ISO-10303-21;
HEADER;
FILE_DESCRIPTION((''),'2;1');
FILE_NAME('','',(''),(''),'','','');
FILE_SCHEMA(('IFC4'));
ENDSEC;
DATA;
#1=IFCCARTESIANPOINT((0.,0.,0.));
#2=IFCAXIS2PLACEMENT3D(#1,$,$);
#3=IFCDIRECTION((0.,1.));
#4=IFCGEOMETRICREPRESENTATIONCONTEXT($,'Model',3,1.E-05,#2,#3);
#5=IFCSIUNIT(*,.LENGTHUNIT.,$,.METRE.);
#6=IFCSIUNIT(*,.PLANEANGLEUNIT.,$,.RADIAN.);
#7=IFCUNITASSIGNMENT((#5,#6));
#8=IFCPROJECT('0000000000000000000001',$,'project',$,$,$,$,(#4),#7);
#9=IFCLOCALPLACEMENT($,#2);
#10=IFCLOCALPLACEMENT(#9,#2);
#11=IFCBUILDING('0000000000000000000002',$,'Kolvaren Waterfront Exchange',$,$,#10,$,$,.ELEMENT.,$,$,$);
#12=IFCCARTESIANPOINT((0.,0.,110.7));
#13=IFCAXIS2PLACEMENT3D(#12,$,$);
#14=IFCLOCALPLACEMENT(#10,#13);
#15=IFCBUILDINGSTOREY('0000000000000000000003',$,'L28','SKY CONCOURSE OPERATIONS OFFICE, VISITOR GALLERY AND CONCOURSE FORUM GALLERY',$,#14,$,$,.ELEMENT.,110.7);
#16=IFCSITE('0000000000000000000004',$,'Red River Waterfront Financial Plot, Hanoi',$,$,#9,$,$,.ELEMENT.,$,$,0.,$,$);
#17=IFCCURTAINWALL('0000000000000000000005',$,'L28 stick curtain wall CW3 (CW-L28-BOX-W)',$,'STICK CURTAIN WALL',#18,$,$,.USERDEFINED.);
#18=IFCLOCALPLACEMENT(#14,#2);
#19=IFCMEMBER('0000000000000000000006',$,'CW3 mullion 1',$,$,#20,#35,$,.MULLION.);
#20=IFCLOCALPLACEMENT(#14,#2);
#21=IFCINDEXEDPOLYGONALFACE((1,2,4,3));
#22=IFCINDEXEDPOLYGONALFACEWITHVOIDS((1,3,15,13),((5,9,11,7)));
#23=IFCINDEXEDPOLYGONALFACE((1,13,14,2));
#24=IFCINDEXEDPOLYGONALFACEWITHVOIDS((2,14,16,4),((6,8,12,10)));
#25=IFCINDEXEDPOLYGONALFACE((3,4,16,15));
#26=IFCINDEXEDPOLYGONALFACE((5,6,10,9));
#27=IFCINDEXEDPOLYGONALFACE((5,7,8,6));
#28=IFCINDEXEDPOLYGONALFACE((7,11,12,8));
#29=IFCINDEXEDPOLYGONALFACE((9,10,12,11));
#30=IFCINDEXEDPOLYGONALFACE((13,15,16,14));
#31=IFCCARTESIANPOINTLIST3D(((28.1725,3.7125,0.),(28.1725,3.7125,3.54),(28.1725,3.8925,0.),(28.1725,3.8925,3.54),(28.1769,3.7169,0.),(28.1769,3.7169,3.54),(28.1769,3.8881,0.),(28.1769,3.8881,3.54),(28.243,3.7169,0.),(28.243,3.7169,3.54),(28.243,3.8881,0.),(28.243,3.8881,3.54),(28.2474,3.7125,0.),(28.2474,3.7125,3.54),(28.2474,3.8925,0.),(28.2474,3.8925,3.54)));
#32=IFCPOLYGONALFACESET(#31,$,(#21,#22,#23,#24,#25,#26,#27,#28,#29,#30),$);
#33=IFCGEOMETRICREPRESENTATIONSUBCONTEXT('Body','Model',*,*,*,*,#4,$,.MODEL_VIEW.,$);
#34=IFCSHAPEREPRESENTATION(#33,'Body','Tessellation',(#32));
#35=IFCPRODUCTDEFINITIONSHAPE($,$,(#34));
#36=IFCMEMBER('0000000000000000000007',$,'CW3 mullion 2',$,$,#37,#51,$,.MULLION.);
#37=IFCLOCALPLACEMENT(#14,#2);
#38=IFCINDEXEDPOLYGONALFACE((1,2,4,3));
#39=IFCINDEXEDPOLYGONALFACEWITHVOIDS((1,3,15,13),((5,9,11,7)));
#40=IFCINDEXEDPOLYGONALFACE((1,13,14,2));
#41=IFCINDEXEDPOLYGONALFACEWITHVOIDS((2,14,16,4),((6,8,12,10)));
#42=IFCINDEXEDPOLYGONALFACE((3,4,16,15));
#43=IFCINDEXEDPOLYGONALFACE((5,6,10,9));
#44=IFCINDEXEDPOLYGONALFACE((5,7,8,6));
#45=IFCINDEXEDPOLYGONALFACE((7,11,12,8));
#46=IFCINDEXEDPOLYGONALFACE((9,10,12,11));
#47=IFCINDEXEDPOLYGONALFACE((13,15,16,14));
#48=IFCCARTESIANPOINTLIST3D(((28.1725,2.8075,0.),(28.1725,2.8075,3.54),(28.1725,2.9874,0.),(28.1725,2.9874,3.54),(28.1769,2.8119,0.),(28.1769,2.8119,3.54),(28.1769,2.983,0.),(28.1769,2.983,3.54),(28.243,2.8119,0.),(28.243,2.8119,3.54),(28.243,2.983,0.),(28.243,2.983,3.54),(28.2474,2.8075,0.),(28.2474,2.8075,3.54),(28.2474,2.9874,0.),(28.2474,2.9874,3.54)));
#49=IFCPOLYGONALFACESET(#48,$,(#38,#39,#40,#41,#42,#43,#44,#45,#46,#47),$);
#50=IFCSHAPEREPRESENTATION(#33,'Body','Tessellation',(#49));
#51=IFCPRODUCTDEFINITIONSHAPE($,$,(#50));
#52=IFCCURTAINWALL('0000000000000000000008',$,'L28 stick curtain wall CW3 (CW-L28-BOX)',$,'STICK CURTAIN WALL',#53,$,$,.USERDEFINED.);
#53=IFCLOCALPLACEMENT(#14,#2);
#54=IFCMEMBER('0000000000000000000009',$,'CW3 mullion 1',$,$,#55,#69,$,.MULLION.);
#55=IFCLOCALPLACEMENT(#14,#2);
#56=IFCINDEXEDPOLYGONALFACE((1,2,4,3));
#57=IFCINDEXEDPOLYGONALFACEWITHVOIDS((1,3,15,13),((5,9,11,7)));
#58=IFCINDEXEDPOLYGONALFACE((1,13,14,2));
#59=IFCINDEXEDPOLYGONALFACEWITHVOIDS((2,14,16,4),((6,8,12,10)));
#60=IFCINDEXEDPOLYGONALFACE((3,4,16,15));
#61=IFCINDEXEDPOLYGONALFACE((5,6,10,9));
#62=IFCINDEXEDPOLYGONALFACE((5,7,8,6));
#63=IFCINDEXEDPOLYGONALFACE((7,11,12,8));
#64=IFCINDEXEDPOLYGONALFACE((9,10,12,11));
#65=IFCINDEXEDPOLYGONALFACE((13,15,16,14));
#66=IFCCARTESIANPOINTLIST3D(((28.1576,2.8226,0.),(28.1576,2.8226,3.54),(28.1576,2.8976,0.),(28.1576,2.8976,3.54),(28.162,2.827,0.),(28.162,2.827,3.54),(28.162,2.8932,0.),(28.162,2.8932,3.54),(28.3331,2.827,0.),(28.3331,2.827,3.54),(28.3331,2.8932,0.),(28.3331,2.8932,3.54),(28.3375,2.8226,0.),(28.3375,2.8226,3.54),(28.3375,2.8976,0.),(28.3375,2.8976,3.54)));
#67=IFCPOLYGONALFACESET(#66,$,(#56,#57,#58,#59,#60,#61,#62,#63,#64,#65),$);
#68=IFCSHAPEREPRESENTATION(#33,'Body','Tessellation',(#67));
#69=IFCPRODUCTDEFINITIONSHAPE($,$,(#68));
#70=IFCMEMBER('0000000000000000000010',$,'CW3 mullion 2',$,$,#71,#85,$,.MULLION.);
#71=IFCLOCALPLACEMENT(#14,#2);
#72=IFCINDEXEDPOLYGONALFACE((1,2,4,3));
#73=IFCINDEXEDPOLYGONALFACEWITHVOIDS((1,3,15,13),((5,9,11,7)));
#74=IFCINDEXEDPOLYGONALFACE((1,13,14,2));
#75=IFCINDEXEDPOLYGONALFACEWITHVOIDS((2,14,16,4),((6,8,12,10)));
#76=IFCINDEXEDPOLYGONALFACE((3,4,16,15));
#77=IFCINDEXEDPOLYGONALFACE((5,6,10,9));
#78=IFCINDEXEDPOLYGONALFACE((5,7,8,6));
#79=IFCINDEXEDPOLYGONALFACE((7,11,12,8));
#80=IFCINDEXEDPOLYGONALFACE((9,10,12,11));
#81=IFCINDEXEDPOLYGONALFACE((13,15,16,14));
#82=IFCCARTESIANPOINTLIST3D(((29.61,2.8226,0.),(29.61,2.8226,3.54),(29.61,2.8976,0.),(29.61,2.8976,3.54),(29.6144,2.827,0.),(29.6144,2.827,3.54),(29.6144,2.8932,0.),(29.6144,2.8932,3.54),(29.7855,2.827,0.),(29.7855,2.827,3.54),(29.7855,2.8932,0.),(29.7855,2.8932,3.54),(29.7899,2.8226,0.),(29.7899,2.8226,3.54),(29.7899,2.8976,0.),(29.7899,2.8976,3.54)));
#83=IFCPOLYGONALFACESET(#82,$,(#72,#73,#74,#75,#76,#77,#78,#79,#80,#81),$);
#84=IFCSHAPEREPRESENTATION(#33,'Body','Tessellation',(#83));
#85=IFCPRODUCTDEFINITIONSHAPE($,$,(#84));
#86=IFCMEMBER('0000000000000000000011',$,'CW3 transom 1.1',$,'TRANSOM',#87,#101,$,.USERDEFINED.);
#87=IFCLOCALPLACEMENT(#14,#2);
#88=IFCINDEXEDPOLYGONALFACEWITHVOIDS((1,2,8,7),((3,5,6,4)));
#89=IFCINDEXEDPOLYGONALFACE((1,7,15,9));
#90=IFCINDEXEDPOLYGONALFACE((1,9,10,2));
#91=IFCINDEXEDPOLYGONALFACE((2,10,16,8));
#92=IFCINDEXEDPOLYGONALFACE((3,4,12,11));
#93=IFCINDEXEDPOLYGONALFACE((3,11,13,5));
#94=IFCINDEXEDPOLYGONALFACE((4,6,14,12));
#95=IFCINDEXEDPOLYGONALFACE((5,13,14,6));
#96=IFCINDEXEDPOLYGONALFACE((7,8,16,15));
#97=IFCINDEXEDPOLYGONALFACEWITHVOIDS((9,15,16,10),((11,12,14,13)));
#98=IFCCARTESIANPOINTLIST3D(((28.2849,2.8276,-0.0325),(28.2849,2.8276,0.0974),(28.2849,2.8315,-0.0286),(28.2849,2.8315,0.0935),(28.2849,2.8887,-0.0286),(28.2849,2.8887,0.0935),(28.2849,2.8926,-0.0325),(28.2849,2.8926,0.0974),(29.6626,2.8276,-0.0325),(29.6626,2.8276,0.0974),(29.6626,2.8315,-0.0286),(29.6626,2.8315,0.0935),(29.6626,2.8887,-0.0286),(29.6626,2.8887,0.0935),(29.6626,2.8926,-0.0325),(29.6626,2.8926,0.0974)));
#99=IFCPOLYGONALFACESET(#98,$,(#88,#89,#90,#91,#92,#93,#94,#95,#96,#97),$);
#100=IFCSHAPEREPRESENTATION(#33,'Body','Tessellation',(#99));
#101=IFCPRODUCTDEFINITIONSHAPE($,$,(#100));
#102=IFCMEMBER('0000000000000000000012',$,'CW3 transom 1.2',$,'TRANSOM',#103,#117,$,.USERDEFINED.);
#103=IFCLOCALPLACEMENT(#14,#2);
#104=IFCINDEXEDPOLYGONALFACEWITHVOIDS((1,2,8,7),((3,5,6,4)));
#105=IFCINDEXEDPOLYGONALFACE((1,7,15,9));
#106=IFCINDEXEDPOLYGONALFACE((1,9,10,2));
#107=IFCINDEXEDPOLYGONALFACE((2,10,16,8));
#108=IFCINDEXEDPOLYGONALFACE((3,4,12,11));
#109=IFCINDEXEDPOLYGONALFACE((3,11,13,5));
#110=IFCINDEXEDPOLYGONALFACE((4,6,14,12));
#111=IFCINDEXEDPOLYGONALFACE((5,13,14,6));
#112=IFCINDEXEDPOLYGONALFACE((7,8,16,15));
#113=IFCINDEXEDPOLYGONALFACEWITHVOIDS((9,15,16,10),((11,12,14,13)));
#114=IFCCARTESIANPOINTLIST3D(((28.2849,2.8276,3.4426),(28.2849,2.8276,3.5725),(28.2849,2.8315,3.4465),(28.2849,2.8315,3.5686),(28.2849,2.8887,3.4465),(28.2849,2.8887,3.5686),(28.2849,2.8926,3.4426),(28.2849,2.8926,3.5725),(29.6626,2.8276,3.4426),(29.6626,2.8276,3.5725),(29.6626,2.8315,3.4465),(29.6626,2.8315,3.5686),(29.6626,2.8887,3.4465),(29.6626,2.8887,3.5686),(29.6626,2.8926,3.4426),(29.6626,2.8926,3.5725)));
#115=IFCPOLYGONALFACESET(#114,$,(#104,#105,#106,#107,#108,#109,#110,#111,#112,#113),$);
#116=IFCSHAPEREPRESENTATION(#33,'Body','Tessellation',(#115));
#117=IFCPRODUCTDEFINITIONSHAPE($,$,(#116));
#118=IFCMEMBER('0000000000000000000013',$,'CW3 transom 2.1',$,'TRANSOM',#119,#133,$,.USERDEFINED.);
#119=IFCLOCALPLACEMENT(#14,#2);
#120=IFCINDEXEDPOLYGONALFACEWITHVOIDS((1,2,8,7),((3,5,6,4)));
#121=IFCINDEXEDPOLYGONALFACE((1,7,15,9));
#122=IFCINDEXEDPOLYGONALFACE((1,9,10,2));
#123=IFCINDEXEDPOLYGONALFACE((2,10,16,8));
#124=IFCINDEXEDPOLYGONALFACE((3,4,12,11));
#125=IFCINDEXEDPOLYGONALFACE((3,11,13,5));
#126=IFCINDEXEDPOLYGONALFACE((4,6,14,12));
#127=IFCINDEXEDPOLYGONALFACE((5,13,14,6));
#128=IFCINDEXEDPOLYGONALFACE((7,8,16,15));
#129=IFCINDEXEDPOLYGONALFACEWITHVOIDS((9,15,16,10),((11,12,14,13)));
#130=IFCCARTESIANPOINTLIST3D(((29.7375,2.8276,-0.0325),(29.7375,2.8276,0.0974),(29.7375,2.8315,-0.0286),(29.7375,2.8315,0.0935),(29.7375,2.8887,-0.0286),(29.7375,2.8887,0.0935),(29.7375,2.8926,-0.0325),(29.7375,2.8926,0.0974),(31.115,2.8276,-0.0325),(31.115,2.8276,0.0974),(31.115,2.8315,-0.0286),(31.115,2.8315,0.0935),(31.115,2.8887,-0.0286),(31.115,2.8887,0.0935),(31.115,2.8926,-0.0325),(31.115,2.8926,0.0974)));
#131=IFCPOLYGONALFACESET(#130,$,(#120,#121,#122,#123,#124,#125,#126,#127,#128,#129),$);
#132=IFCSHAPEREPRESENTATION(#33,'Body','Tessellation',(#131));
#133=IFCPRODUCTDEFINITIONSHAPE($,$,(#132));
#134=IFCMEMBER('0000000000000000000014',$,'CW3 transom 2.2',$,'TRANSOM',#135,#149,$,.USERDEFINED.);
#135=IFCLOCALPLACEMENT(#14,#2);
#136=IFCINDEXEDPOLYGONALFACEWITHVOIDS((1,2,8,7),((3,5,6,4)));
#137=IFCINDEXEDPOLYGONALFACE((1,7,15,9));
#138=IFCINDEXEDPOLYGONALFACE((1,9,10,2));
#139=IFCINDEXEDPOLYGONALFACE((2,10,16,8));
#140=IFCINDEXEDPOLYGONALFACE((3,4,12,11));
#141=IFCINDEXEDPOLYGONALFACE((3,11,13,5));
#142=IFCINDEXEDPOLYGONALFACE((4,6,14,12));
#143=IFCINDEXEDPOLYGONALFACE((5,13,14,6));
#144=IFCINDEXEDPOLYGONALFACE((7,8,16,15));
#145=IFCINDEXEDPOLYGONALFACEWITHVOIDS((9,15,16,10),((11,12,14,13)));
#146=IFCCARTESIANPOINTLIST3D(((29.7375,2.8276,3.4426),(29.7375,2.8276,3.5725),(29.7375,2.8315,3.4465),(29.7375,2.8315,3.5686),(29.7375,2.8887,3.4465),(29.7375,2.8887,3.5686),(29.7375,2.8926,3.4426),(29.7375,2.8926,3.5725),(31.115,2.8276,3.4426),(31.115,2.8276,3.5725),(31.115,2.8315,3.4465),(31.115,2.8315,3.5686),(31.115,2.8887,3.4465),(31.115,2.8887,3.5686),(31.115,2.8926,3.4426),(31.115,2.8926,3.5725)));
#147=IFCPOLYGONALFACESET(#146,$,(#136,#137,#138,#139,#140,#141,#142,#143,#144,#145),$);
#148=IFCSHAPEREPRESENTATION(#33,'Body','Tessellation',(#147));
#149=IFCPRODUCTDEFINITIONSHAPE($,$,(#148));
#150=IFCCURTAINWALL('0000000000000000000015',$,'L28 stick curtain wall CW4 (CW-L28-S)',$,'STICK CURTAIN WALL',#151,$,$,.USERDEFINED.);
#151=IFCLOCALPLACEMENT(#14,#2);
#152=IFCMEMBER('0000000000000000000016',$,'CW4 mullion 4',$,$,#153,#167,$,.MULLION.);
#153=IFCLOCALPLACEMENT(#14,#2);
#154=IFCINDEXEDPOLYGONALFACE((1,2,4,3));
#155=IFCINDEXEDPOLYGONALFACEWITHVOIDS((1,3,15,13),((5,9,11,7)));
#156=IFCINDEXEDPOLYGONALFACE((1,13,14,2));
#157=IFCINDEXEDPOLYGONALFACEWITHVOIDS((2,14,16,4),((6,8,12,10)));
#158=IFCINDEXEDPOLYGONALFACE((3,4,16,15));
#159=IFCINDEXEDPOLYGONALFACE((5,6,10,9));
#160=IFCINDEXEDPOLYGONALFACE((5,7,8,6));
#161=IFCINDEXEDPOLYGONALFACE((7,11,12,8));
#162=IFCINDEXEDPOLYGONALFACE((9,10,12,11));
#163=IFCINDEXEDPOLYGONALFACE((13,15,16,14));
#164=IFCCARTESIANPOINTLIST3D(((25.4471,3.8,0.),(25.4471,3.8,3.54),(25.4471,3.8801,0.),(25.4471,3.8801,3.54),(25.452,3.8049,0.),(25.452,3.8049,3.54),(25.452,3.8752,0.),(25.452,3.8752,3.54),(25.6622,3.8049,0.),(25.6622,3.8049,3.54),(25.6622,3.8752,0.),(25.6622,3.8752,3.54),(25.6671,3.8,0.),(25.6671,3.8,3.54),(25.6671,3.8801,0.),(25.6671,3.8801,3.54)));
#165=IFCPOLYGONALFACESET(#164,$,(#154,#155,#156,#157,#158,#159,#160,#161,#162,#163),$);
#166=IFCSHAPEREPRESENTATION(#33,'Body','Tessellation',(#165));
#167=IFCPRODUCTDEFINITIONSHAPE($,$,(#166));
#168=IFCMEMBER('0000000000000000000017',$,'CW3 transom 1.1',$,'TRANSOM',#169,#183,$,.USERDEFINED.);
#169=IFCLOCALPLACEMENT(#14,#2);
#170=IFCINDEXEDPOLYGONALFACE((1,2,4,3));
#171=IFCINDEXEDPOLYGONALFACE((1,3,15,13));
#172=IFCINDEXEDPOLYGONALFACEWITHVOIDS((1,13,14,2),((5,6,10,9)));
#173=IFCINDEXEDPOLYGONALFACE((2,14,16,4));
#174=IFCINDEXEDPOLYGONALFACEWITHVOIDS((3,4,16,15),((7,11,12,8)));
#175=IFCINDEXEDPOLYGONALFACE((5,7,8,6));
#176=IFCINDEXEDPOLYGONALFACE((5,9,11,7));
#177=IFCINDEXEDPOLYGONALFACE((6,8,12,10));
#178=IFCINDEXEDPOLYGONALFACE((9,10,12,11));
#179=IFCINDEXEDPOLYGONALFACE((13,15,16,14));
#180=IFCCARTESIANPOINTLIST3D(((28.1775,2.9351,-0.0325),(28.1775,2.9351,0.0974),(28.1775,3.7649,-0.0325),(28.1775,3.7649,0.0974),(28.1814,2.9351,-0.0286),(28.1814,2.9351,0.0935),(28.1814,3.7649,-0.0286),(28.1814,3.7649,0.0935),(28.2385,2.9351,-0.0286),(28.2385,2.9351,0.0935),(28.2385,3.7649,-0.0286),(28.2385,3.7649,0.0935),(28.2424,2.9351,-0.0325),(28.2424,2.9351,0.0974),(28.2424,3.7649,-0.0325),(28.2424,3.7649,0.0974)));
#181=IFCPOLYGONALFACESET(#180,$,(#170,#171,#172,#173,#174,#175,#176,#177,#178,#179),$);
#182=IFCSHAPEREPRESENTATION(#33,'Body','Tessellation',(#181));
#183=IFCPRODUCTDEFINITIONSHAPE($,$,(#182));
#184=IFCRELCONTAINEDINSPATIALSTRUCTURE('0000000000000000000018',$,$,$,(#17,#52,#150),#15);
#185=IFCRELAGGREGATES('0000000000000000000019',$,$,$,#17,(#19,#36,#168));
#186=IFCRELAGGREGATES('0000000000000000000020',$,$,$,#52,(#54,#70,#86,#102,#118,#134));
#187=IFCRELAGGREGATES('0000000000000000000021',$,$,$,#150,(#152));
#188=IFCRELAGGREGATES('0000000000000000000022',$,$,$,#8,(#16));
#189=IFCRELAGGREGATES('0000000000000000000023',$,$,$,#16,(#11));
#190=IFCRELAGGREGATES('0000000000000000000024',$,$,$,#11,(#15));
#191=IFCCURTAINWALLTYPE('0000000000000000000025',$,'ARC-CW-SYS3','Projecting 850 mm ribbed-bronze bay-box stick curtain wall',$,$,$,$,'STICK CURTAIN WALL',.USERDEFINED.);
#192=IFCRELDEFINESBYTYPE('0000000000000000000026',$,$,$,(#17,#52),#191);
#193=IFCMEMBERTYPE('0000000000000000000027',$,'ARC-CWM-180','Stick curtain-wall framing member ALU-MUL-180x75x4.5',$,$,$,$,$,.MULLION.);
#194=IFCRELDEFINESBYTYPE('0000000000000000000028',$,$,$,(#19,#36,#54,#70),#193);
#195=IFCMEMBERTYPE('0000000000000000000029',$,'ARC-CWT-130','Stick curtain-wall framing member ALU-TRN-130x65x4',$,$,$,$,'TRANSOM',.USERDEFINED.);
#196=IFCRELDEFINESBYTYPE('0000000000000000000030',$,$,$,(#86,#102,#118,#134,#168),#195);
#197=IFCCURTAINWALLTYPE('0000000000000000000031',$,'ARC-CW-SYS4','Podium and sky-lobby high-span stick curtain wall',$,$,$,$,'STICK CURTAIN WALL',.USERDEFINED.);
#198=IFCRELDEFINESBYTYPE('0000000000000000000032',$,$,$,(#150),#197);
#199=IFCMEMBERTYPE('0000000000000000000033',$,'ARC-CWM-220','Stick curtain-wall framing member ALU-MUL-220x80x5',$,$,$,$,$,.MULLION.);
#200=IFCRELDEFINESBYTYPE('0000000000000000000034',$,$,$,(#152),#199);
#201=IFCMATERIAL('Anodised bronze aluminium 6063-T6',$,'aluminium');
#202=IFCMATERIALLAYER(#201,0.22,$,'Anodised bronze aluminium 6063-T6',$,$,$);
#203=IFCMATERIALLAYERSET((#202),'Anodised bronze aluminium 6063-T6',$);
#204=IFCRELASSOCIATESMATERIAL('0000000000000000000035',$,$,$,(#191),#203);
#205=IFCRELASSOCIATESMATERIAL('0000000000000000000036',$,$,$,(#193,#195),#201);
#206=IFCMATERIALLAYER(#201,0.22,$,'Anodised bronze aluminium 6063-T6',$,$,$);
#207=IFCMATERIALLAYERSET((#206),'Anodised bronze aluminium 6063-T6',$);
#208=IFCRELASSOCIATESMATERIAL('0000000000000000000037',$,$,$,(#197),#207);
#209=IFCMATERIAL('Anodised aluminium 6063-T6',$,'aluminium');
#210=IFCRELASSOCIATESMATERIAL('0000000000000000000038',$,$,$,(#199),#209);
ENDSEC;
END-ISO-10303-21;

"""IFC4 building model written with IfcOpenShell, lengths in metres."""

from ifc_helpers import new_model, si_unit, direction, frame, origin, origin_with_axes, origin_2d, place, context, subcontext, project, spatial, hollow_rectangle, extrude, source, transform, mapped, material, layer, layer_set, material_profile, profile_set, type_object, element, aggregate, save


model = new_model("IFC4")

# Units and contexts
model_context = context("Model", 3, precision=1e-05, world=origin(), true_north=direction((0.0, 1.0)))
body_context = subcontext(model_context, "Body", "Model", "MODEL_VIEW")
ifc_project = project(units=[si_unit("LENGTHUNIT", "METRE"), si_unit("PLANEANGLEUNIT", "RADIAN")], contexts=[model_context])

# Site, building, storey
site_placement = place(None, origin())
site = spatial("IfcSite", under=ifc_project, at=site_placement, Name="Red River Waterfront Financial Plot, Hanoi", CompositionType="ELEMENT", RefElevation=0.0)
building_placement = place(site_placement, origin())
building = spatial("IfcBuilding", under=site, at=building_placement, Name="Kolvaren Waterfront Exchange", CompositionType="ELEMENT")
storey_placement = place(building_placement, frame((0.0, 0.0, 110.7)))
storey = spatial("IfcBuildingStorey", under=building, at=storey_placement, Name="L28", Description="SKY CONCOURSE OPERATIONS OFFICE, VISITOR GALLERY AND CONCOURSE FORUM GALLERY", CompositionType="ELEMENT", Elevation=110.7)

# Curtain walls, members
ifc_material_1 = material(Name="Anodised bronze aluminium 6063-T6", Category="aluminium")
ifc_layer_1 = layer(ifc_material_1, 0.22, Name="Anodised bronze aluminium 6063-T6")
ifc_layer_set_1 = layer_set([ifc_layer_1], Name="Anodised bronze aluminium 6063-T6")
curtain_wall_type_1 = type_object("IfcCurtainWallType", Name="ARC-CW-SYS3", Description="Projecting 850 mm ribbed-bronze bay-box stick curtain wall", ElementType="STICK CURTAIN WALL", PredefinedType="USERDEFINED", material=ifc_layer_set_1)
curtain_wall_1_placement = place(storey_placement, origin())
curtain_wall_1 = element("IfcCurtainWall", 1, at=curtain_wall_1_placement, inside=storey, type_object=curtain_wall_type_1, Name="L28 stick curtain wall CW3 (CW-L28-BOX-W)", ObjectType="STICK CURTAIN WALL", PredefinedType="USERDEFINED")
ifc_material_profile_1 = material_profile(ifc_material_1, hollow_rectangle(XDim=0.075, YDim=0.1799, WallThickness=0.0044, at=origin_2d()), Name="ALU-MUL-180x75x4.5")
ifc_profile_set_1 = profile_set([ifc_material_profile_1], Name="Anodised bronze aluminium 6063-T6")
member_type_1 = type_object("IfcMemberType", Name="ARC-CWM-180", Description="Stick curtain-wall framing member ALU-MUL-180x75x4.5", PredefinedType="MULLION", material=ifc_profile_set_1)
shared_shape_1 = source(origin_with_axes(), body_context, "Body", "SweptSolid", [
    extrude(hollow_rectangle(XDim=0.075, YDim=0.1799, WallThickness=0.0044, at=origin_2d()), origin(), (0.0, 0.0, 1.0), 3.54),
])
member_1_placement = place(storey_placement, frame((28.21, 3.8025, 0.0), z_axis=(0.0, 0.0, 1.0), x_axis=(1.0, 0.0, 0.0)))
member_1 = element("IfcMember", 2, at=member_1_placement, type_object=member_type_1, Name="CW3 mullion 1", PredefinedType="MULLION", context=body_context, shape_type="MappedRepresentation", body=[
    mapped(shared_shape_1, transform((0.0, 0.0, 0.0), x_axis=(1.0, 0.0, 0.0), y_axis=(0.0, 1.0, 0.0), z_axis=(0.0, 0.0, 1.0), scale=1.0)),
])
member_2_placement = place(storey_placement, frame((28.21, 2.8975, 0.0), z_axis=(0.0, 0.0, 1.0), x_axis=(1.0, 0.0, 0.0)))
member_2 = element("IfcMember", 3, at=member_2_placement, type_object=member_type_1, Name="CW3 mullion 2", PredefinedType="MULLION", context=body_context, shape_type="MappedRepresentation", body=[
    mapped(shared_shape_1, transform((0.0, 0.0, 0.0), x_axis=(1.0, 0.0, 0.0), y_axis=(0.0, 1.0, 0.0), z_axis=(0.0, 0.0, 1.0), scale=1.0)),
])
curtain_wall_2_placement = place(storey_placement, origin())
curtain_wall_2 = element("IfcCurtainWall", 4, at=curtain_wall_2_placement, inside=storey, type_object=curtain_wall_type_1, Name="L28 stick curtain wall CW3 (CW-L28-BOX)", ObjectType="STICK CURTAIN WALL", PredefinedType="USERDEFINED")
member_3_placement = place(storey_placement, frame((28.2476, 2.8601, 0.0), z_axis=(0.0, 0.0, 1.0), x_axis=(0.0, 1.0, 0.0)))
member_3 = element("IfcMember", 5, at=member_3_placement, type_object=member_type_1, Name="CW3 mullion 1", PredefinedType="MULLION", context=body_context, shape_type="MappedRepresentation", body=[
    mapped(shared_shape_1, transform((0.0, 0.0, 0.0), x_axis=(1.0, 0.0, 0.0), y_axis=(0.0, 1.0, 0.0), z_axis=(0.0, 0.0, 1.0), scale=1.0)),
])
member_4_placement = place(storey_placement, frame((29.7, 2.8601, 0.0), z_axis=(0.0, 0.0, 1.0), x_axis=(0.0, 1.0, 0.0)))
member_4 = element("IfcMember", 6, at=member_4_placement, type_object=member_type_1, Name="CW3 mullion 2", PredefinedType="MULLION", context=body_context, shape_type="MappedRepresentation", body=[
    mapped(shared_shape_1, transform((0.0, 0.0, 0.0), x_axis=(1.0, 0.0, 0.0), y_axis=(0.0, 1.0, 0.0), z_axis=(0.0, 0.0, 1.0), scale=1.0)),
])
ifc_material_profile_2 = material_profile(ifc_material_1, hollow_rectangle(XDim=0.0649, YDim=0.1299, WallThickness=0.0039, at=origin_2d()), Name="ALU-TRN-130x65x4")
ifc_profile_set_2 = profile_set([ifc_material_profile_2], Name="Anodised bronze aluminium 6063-T6")
member_type_2 = type_object("IfcMemberType", Name="ARC-CWT-130", Description="Stick curtain-wall framing member ALU-TRN-130x65x4", ElementType="TRANSOM", PredefinedType="USERDEFINED", material=ifc_profile_set_2)
shared_shape_2 = source(origin_with_axes(), body_context, "Body", "SweptSolid", [
    extrude(hollow_rectangle(XDim=0.0649, YDim=0.1299, WallThickness=0.0039, at=origin_2d()), origin(), (0.0, 0.0, 1.0), 1.3777),
])
member_5_placement = place(storey_placement, frame((28.2849, 2.8601, 0.0325), z_axis=(1.0, 0.0, 0.0), x_axis=(0.0, 1.0, 0.0)))
member_5 = element("IfcMember", 7, at=member_5_placement, type_object=member_type_2, Name="CW3 transom 1.1", ObjectType="TRANSOM", PredefinedType="USERDEFINED", context=body_context, shape_type="MappedRepresentation", body=[
    mapped(shared_shape_2, transform((0.0, 0.0, 0.0), x_axis=(1.0, 0.0, 0.0), y_axis=(0.0, 1.0, 0.0), z_axis=(0.0, 0.0, 1.0), scale=1.0)),
])
member_6_placement = place(storey_placement, frame((28.2849, 2.8601, 3.5076), z_axis=(1.0, 0.0, 0.0), x_axis=(0.0, 1.0, 0.0)))
member_6 = element("IfcMember", 8, at=member_6_placement, type_object=member_type_2, Name="CW3 transom 1.2", ObjectType="TRANSOM", PredefinedType="USERDEFINED", context=body_context, shape_type="MappedRepresentation", body=[
    mapped(shared_shape_2, transform((0.0, 0.0, 0.0), x_axis=(1.0, 0.0, 0.0), y_axis=(0.0, 1.0, 0.0), z_axis=(0.0, 0.0, 1.0), scale=1.0)),
])
shared_shape_3 = source(origin_with_axes(), body_context, "Body", "SweptSolid", [
    extrude(hollow_rectangle(XDim=0.0649, YDim=0.1299, WallThickness=0.0039, at=origin_2d()), origin(), (0.0, 0.0, 1.0), 1.3774),
])
member_7_placement = place(storey_placement, frame((29.7375, 2.8601, 0.0325), z_axis=(1.0, 0.0, 0.0), x_axis=(0.0, 1.0, 0.0)))
member_7 = element("IfcMember", 9, at=member_7_placement, type_object=member_type_2, Name="CW3 transom 2.1", ObjectType="TRANSOM", PredefinedType="USERDEFINED", context=body_context, shape_type="MappedRepresentation", body=[
    mapped(shared_shape_3, transform((0.0, 0.0, 0.0), x_axis=(1.0, 0.0, 0.0), y_axis=(0.0, 1.0, 0.0), z_axis=(0.0, 0.0, 1.0), scale=1.0)),
])
member_8_placement = place(storey_placement, frame((29.7375, 2.8601, 3.5076), z_axis=(1.0, 0.0, 0.0), x_axis=(0.0, 1.0, 0.0)))
member_8 = element("IfcMember", 10, at=member_8_placement, type_object=member_type_2, Name="CW3 transom 2.2", ObjectType="TRANSOM", PredefinedType="USERDEFINED", context=body_context, shape_type="MappedRepresentation", body=[
    mapped(shared_shape_3, transform((0.0, 0.0, 0.0), x_axis=(1.0, 0.0, 0.0), y_axis=(0.0, 1.0, 0.0), z_axis=(0.0, 0.0, 1.0), scale=1.0)),
])

# Curtain wall, member
ifc_layer_2 = layer(ifc_material_1, 0.22, Name="Anodised bronze aluminium 6063-T6")
ifc_layer_set_2 = layer_set([ifc_layer_2], Name="Anodised bronze aluminium 6063-T6")
curtain_wall_type_2 = type_object("IfcCurtainWallType", Name="ARC-CW-SYS4", Description="Podium and sky-lobby high-span stick curtain wall", ElementType="STICK CURTAIN WALL", PredefinedType="USERDEFINED", material=ifc_layer_set_2)
curtain_wall_3_placement = place(storey_placement, origin())
curtain_wall_3 = element("IfcCurtainWall", 11, at=curtain_wall_3_placement, inside=storey, type_object=curtain_wall_type_2, Name="L28 stick curtain wall CW4 (CW-L28-S)", ObjectType="STICK CURTAIN WALL", PredefinedType="USERDEFINED")
ifc_material_2 = material(Name="Anodised aluminium 6063-T6", Category="aluminium")
ifc_material_profile_3 = material_profile(ifc_material_2, hollow_rectangle(XDim=0.0801, YDim=0.22, WallThickness=0.0049, at=origin_2d()), Name="ALU-MUL-220x80x5")
ifc_profile_set_3 = profile_set([ifc_material_profile_3], Name="Anodised aluminium 6063-T6")
member_type_3 = type_object("IfcMemberType", Name="ARC-CWM-220", Description="Stick curtain-wall framing member ALU-MUL-220x80x5", PredefinedType="MULLION", material=ifc_profile_set_3)
shared_shape_4 = source(origin_with_axes(), body_context, "Body", "SweptSolid", [
    extrude(hollow_rectangle(XDim=0.0801, YDim=0.22, WallThickness=0.0049, at=origin_2d()), origin(), (0.0, 0.0, 1.0), 3.54),
])
member_9_placement = place(storey_placement, frame((25.5571, 3.8401, 0.0), z_axis=(0.0, 0.0, 1.0), x_axis=(0.0, 1.0, 0.0)))
member_9 = element("IfcMember", 12, at=member_9_placement, type_object=member_type_3, Name="CW4 mullion 4", PredefinedType="MULLION", context=body_context, shape_type="MappedRepresentation", body=[
    mapped(shared_shape_4, transform((0.0, 0.0, 0.0), x_axis=(1.0, 0.0, 0.0), y_axis=(0.0, 1.0, 0.0), z_axis=(0.0, 0.0, 1.0), scale=1.0)),
])

# Member
shared_shape_5 = source(origin_with_axes(), body_context, "Body", "SweptSolid", [
    extrude(hollow_rectangle(XDim=0.0649, YDim=0.1299, WallThickness=0.0039, at=origin_2d()), origin(), (0.0, 0.0, 1.0), 0.8298),
])
member_10_placement = place(storey_placement, frame((28.21, 3.7649, 0.0325), z_axis=(0.0, -1.0, 0.0), x_axis=(1.0, 0.0, 0.0)))
member_10 = element("IfcMember", 13, at=member_10_placement, type_object=member_type_2, Name="CW3 transom 1.1", ObjectType="TRANSOM", PredefinedType="USERDEFINED", context=body_context, shape_type="MappedRepresentation", body=[
    mapped(shared_shape_5, transform((0.0, 0.0, 0.0), x_axis=(1.0, 0.0, 0.0), y_axis=(0.0, 1.0, 0.0), z_axis=(0.0, 0.0, 1.0), scale=1.0)),
])

aggregate(curtain_wall_1, [member_1, member_2, member_10])
aggregate(curtain_wall_2, [member_3, member_4, member_5, member_6, member_7, member_8])
aggregate(curtain_wall_3, [member_9])

save(model, "model.ifc")
